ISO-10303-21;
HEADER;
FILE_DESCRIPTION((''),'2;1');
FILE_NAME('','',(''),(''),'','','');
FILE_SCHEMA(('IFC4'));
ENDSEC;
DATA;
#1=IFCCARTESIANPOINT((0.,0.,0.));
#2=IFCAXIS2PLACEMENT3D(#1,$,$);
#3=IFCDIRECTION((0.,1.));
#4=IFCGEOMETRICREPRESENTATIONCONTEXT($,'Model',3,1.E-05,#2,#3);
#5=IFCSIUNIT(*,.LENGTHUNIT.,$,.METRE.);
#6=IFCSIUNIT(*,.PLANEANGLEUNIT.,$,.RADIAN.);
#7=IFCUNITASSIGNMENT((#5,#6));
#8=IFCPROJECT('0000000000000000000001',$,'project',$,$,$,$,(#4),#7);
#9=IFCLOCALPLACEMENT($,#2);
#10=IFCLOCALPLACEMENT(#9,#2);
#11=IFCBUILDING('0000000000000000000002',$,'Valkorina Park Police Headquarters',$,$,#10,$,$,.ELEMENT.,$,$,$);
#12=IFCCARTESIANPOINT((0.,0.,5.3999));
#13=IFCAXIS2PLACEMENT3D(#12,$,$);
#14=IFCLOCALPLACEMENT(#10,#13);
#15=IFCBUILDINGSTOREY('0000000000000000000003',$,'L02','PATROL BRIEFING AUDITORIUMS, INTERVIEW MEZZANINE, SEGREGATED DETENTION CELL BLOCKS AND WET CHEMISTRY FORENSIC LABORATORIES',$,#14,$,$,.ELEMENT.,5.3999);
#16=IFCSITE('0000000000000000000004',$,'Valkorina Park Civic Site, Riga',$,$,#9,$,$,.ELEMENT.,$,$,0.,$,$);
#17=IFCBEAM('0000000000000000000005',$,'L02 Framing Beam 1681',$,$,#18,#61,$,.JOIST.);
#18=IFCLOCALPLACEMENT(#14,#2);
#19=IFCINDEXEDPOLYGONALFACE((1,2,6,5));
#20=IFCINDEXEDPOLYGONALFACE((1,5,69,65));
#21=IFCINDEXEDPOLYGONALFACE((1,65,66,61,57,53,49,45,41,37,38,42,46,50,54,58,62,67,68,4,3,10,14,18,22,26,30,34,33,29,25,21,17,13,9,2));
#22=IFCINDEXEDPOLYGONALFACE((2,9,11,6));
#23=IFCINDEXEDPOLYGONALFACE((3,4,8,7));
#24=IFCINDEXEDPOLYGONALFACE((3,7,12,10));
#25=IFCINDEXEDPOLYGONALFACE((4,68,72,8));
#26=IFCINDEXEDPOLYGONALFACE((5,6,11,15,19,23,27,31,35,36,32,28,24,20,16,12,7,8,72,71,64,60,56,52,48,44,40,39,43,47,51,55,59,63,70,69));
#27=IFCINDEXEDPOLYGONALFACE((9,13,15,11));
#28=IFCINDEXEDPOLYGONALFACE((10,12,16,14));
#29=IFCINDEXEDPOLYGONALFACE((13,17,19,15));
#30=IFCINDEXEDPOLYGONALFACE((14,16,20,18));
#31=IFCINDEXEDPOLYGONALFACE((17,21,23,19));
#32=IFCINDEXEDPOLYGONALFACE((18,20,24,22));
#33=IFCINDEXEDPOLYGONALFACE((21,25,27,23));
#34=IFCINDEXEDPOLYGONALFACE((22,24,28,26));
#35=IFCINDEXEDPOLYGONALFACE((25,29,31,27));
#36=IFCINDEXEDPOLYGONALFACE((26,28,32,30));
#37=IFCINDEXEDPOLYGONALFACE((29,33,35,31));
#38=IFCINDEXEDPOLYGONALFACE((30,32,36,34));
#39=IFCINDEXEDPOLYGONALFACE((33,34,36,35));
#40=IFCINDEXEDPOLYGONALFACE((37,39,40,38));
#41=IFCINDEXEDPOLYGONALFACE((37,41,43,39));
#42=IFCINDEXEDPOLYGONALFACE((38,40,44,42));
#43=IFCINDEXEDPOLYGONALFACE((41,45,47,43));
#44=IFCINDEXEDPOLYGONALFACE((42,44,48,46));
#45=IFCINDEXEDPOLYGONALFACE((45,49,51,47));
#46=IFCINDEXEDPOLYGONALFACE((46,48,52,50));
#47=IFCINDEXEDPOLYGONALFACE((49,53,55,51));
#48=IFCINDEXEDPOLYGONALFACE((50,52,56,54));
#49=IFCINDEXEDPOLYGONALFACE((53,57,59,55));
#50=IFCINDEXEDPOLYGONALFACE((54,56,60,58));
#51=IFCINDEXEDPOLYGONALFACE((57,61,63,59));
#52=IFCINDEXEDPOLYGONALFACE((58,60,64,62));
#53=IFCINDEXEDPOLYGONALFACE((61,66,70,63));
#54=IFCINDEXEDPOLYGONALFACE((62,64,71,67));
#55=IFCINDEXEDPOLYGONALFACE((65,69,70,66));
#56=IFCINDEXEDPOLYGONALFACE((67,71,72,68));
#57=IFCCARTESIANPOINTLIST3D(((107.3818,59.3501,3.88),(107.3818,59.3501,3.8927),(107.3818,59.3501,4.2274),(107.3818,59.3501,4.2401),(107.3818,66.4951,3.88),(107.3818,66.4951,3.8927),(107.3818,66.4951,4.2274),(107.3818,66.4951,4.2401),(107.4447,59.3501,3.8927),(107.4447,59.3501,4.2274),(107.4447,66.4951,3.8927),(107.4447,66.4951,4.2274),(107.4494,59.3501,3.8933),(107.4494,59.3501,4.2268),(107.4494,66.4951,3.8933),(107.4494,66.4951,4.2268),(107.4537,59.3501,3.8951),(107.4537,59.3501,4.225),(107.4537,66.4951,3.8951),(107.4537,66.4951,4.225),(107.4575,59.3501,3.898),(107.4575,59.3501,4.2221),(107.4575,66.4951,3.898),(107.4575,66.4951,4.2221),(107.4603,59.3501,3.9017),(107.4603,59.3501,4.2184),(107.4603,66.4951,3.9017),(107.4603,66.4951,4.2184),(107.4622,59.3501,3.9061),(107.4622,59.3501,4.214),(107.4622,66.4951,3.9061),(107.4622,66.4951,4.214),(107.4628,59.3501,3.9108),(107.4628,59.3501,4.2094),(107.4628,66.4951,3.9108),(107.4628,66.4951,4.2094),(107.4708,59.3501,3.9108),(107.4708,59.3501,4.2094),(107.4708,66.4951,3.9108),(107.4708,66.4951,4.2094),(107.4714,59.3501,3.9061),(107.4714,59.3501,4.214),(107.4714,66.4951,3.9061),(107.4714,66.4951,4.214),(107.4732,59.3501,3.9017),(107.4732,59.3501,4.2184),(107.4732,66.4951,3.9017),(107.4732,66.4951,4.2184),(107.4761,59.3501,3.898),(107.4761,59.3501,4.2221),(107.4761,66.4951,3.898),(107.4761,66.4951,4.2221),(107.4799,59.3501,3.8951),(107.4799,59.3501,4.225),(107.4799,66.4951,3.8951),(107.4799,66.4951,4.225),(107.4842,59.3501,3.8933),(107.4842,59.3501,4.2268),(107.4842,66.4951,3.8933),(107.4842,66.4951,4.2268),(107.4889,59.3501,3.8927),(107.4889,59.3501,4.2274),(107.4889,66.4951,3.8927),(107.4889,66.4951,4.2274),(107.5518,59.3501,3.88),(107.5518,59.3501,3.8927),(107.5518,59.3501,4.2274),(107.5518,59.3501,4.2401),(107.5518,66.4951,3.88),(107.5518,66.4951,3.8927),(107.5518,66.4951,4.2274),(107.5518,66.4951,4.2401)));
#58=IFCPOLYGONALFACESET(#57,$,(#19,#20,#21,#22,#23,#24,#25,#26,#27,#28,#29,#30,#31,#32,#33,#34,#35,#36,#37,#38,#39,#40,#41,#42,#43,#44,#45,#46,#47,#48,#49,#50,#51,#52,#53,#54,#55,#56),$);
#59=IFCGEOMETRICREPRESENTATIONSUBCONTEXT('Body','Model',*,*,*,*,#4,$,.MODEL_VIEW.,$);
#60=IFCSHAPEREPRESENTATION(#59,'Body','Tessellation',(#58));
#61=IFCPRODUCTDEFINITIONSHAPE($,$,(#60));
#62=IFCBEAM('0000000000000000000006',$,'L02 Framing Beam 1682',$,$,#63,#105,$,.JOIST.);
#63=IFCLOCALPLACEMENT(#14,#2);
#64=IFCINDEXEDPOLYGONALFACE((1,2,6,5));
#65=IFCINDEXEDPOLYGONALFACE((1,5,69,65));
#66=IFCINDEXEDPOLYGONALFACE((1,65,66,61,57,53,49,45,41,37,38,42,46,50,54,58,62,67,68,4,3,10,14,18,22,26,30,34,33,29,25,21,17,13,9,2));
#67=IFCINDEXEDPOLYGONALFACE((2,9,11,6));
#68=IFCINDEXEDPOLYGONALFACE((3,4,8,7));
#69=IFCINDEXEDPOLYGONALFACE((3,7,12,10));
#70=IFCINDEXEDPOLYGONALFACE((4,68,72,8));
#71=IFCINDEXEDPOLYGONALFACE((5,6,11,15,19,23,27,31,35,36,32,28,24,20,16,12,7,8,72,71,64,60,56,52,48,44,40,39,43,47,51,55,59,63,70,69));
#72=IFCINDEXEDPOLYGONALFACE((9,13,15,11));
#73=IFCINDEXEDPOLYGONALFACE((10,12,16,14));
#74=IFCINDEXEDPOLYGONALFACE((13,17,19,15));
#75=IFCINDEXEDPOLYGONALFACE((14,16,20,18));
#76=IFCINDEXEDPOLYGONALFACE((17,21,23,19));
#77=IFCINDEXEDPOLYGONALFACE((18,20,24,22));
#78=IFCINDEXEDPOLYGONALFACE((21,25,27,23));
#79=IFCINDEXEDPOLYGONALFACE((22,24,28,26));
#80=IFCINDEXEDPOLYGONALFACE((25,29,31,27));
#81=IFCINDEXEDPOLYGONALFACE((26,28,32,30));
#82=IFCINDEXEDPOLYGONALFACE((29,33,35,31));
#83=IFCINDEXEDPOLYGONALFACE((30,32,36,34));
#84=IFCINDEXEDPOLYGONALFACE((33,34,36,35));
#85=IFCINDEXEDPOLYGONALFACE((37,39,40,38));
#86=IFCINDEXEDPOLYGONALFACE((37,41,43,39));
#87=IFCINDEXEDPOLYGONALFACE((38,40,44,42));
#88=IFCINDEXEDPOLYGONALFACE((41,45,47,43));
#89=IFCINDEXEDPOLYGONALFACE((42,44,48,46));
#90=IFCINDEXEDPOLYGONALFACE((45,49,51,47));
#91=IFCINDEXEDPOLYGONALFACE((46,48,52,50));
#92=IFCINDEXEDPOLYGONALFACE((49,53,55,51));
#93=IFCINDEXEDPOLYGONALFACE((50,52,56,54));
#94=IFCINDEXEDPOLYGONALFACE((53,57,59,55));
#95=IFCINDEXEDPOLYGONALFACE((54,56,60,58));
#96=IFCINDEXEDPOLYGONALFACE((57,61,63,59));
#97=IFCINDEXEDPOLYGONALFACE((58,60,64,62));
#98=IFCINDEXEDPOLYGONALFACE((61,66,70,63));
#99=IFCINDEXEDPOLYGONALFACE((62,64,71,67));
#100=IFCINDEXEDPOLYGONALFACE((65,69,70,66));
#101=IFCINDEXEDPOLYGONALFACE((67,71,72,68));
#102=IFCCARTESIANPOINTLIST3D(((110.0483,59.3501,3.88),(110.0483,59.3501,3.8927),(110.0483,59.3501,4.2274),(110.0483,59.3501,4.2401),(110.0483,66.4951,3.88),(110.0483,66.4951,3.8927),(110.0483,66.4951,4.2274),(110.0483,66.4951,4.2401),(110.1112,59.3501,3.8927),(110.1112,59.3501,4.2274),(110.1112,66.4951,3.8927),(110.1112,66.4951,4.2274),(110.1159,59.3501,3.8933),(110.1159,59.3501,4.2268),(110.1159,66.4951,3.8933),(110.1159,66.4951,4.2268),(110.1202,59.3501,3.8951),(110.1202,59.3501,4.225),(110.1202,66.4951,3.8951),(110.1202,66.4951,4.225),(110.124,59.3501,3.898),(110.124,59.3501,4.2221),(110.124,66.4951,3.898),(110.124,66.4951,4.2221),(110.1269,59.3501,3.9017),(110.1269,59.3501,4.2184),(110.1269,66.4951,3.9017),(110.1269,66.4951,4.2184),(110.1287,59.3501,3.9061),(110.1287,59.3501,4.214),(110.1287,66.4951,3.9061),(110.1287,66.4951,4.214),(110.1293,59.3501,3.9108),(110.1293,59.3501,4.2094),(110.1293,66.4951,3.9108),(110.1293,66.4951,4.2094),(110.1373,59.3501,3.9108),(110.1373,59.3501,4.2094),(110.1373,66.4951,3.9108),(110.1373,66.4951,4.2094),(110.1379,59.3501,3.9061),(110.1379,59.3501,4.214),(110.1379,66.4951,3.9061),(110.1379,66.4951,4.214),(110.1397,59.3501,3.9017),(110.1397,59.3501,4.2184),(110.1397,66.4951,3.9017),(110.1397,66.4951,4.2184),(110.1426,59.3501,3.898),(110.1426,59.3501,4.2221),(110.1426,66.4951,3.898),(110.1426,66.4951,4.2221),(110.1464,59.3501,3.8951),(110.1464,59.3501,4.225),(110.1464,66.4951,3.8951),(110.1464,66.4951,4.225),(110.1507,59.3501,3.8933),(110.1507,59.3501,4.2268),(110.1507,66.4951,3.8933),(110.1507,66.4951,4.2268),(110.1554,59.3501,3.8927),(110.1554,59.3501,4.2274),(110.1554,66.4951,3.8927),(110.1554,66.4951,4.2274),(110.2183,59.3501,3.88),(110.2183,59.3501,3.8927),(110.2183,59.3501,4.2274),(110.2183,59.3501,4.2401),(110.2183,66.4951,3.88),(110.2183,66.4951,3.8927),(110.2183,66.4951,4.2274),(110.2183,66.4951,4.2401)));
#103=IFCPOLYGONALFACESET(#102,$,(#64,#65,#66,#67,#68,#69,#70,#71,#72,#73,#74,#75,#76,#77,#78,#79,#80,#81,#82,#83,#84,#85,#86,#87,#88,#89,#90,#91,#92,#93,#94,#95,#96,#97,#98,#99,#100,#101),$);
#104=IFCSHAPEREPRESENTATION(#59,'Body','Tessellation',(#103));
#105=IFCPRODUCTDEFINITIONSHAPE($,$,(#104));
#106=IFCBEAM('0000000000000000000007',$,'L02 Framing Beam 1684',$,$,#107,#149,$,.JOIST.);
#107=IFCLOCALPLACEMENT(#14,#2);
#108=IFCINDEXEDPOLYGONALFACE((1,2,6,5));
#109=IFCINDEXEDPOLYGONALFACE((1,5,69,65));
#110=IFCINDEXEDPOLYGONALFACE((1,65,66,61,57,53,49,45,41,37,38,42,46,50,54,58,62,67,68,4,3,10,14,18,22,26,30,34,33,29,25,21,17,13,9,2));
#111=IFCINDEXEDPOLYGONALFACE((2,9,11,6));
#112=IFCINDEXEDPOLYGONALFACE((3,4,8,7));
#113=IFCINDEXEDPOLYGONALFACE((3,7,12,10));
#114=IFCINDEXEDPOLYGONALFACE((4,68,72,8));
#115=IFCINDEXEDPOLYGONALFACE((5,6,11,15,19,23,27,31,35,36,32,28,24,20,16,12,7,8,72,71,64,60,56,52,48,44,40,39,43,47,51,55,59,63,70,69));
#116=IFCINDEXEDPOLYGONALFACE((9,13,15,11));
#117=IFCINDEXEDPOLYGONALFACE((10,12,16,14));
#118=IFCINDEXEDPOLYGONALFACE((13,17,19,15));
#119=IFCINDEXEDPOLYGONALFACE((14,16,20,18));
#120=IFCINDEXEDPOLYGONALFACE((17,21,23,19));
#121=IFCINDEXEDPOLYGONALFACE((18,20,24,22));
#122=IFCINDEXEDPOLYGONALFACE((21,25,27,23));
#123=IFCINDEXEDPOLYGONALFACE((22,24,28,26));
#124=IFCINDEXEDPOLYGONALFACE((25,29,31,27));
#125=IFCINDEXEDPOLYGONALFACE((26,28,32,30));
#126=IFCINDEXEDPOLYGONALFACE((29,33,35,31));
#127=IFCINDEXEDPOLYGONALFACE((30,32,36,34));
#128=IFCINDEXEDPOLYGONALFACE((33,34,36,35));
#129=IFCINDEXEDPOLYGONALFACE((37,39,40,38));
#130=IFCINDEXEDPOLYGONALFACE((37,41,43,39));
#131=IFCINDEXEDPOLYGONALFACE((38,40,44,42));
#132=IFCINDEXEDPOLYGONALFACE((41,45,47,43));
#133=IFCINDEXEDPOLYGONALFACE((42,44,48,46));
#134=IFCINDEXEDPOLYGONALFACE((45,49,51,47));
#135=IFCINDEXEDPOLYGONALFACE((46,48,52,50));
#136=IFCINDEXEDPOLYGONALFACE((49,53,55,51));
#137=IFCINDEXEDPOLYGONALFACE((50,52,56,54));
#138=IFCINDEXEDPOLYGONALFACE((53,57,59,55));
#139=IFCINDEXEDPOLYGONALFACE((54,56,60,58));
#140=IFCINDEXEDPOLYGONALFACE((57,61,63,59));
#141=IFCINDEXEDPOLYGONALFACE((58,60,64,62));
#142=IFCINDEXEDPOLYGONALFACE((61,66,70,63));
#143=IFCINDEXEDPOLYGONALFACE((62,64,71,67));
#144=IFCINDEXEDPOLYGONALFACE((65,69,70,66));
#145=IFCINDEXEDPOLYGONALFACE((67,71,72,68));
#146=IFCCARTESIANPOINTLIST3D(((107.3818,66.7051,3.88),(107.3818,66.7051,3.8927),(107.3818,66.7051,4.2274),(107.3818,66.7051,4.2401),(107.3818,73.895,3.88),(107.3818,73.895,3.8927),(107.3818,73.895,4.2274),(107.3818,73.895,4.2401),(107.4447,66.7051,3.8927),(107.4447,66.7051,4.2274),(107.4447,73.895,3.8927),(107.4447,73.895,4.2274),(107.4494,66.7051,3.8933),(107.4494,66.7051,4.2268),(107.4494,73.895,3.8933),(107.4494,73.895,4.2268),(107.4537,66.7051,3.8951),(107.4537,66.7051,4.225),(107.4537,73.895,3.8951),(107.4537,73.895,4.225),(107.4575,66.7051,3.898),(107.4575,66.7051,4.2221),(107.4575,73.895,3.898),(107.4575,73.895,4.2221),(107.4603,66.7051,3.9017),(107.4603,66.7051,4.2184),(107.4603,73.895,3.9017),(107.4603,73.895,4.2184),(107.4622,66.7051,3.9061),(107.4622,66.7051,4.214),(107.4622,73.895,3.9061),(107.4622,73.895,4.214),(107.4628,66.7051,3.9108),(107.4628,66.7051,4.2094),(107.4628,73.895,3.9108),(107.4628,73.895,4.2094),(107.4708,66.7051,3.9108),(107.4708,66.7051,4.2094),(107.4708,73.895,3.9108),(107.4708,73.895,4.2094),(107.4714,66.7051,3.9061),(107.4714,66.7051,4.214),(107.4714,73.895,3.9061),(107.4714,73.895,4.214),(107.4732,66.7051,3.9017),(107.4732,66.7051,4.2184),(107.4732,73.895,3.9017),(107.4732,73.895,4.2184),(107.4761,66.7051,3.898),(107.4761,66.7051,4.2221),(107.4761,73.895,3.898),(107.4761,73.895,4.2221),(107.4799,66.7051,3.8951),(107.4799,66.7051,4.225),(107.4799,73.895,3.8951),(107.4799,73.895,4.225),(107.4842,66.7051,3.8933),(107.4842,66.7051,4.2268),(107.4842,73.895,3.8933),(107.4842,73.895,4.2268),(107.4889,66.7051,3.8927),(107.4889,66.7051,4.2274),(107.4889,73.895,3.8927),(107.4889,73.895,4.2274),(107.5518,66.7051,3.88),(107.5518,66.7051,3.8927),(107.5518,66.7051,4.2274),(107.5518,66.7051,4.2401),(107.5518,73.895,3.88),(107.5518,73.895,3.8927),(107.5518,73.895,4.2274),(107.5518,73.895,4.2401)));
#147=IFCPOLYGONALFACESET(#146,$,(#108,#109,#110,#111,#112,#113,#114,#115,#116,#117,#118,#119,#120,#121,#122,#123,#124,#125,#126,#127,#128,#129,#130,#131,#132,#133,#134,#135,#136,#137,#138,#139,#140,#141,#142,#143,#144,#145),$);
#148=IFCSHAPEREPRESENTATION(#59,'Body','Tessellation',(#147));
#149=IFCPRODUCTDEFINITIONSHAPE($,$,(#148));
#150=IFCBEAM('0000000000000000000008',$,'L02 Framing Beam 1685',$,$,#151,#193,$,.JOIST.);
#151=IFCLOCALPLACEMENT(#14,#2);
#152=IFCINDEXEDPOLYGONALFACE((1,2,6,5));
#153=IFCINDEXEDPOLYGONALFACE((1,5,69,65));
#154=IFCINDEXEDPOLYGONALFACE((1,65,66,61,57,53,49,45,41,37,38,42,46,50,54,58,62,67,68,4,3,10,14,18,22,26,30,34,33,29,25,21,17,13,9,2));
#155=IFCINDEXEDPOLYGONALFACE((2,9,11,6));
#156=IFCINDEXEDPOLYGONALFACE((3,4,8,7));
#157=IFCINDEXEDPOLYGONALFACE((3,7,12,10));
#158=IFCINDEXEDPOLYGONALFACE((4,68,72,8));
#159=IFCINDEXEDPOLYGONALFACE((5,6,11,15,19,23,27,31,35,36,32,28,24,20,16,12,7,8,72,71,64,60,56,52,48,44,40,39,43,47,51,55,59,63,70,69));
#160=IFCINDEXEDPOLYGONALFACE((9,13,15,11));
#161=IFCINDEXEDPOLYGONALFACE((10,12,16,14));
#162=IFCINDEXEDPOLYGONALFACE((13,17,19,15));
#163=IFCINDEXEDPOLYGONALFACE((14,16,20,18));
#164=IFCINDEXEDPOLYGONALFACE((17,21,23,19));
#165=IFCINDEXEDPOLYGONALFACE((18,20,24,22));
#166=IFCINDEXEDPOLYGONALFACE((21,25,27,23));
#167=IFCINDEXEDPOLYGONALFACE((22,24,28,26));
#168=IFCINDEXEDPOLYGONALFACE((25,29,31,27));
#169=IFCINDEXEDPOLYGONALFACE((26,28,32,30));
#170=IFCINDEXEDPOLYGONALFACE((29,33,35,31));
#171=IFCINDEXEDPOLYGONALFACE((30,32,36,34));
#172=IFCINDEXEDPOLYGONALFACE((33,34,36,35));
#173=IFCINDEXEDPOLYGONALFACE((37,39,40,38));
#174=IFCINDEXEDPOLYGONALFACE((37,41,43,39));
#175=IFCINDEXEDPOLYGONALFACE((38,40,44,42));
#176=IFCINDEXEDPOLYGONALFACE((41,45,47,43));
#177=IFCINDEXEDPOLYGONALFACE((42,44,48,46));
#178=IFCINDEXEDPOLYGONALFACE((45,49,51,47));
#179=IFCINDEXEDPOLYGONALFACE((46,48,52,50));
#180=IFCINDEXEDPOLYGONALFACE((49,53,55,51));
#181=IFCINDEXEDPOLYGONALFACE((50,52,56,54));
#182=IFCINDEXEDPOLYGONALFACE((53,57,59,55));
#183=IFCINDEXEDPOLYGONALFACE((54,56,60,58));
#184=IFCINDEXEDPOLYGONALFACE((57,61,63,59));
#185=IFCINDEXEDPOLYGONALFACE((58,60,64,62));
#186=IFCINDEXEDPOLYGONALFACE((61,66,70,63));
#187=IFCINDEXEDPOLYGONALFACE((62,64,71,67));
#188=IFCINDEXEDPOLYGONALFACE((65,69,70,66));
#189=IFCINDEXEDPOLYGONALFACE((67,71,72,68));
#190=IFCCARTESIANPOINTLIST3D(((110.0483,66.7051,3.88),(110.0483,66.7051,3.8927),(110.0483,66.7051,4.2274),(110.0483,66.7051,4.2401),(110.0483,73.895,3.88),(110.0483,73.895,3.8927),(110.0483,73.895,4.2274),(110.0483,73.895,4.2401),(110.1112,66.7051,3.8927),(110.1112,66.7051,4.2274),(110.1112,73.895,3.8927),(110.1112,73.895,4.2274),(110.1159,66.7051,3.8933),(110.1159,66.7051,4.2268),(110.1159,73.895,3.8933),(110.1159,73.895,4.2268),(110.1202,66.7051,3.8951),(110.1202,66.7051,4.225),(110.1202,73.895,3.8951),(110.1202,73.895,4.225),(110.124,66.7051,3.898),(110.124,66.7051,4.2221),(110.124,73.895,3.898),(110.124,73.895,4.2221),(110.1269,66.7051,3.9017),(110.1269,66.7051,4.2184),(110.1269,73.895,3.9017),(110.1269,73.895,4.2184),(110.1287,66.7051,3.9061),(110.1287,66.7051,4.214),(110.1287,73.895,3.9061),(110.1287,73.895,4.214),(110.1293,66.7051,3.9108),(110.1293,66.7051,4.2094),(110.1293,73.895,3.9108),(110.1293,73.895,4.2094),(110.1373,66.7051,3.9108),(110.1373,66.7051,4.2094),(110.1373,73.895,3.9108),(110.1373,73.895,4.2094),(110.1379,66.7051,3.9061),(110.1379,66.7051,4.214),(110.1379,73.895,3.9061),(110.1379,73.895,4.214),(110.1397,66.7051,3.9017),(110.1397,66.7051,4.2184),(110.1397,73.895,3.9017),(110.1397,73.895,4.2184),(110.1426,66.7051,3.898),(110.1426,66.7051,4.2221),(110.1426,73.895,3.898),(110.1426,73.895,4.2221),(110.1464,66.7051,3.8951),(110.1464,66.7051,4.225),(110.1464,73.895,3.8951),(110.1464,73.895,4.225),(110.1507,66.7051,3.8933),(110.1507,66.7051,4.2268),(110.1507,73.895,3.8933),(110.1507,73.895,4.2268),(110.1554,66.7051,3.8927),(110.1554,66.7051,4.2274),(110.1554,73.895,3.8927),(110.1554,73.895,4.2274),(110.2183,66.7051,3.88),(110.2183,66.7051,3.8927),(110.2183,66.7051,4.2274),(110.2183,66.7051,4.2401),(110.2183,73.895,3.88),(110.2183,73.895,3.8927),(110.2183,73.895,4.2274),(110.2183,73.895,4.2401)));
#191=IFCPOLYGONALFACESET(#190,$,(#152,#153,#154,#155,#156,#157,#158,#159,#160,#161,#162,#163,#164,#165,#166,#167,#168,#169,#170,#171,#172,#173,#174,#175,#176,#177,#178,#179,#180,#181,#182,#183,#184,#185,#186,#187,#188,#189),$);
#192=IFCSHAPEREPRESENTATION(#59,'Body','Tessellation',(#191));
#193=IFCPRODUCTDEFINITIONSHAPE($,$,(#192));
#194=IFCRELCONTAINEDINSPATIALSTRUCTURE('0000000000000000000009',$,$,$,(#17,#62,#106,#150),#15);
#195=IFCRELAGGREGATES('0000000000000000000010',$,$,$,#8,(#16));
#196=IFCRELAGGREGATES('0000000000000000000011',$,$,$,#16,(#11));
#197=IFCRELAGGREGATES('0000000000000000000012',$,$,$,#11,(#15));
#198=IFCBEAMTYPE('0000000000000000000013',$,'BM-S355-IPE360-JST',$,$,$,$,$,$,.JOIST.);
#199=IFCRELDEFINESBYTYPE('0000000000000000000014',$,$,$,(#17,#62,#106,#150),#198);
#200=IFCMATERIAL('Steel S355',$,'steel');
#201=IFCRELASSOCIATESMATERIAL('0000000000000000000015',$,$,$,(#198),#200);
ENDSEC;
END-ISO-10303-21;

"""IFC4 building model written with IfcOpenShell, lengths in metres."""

from ifc_helpers import new_model, si_unit, direction, frame, origin, origin_2d, place, context, subcontext, project, spatial, i_section, extrude, material, material_profile, profile_set, type_object, element, save


model = new_model("IFC4")

# Units and contexts
model_context = context("Model", 3, precision=1e-05, world=origin(), true_north=direction((0.0, 1.0)))
body_context = subcontext(model_context, "Body", "Model", "MODEL_VIEW")
ifc_project = project(units=[si_unit("LENGTHUNIT", "METRE"), si_unit("PLANEANGLEUNIT", "RADIAN")], contexts=[model_context])

# Site, building, storey
site_placement = place(None, origin())
site = spatial("IfcSite", under=ifc_project, at=site_placement, Name="Valkorina Park Civic Site, Riga", CompositionType="ELEMENT", RefElevation=0.0)
building_placement = place(site_placement, origin())
building = spatial("IfcBuilding", under=site, at=building_placement, Name="Valkorina Park Police Headquarters", CompositionType="ELEMENT")
storey_placement = place(building_placement, frame((0.0, 0.0, 5.3999)))
storey = spatial("IfcBuildingStorey", under=building, at=storey_placement, Name="L02", Description="PATROL BRIEFING AUDITORIUMS, INTERVIEW MEZZANINE, SEGREGATED DETENTION CELL BLOCKS AND WET CHEMISTRY FORENSIC LABORATORIES", CompositionType="ELEMENT", Elevation=5.3999)

# Shared definitions
ifc_material_1 = material(Name="Steel S355", Category="steel")

# Beams
ifc_material_profile_1 = material_profile(ifc_material_1, i_section(OverallWidth=0.1699, OverallDepth=0.3601, WebThickness=0.0081, FlangeThickness=0.0127, FilletRadius=0.0181, at=origin_2d()), Name="IPE 360")
ifc_profile_set_1 = profile_set([ifc_material_profile_1], Name="Steel S355")
beam_type_1 = type_object("IfcBeamType", Name="BM-S355-IPE360-JST", PredefinedType="JOIST", material=ifc_profile_set_1)
for number, where, z_axis, x_axis, name in (
    (1, (107.4668, 59.3501, 4.0601), (0.0, 1.0, 0.0), (-1.0, 0.0, 0.0), "L02 Framing Beam 1681"),
    (2, (110.1333, 59.3501, 4.0601), (0.0, 1.0, 0.0), (-1.0, 0.0, 0.0), "L02 Framing Beam 1682"),
):
    element("IfcBeam", number, at=place(storey_placement, frame(where, z_axis=z_axis, x_axis=x_axis)), inside=storey, type_object=beam_type_1, Name=name, PredefinedType="JOIST", context=body_context, shape_type="SweptSolid", body=[
        extrude(i_section(OverallWidth=0.1699, OverallDepth=0.3601, WebThickness=0.0081, FlangeThickness=0.0127, FilletRadius=0.0181, at=origin_2d()), origin(), (0.0, 0.0, 1.0), 7.145),
    ])
for number, where, z_axis, x_axis, name in (
    (3, (107.4668, 66.7051, 4.0601), (0.0, 1.0, 0.0), (-1.0, 0.0, 0.0), "L02 Framing Beam 1684"),
    (4, (110.1333, 66.7051, 4.0601), (0.0, 1.0, 0.0), (-1.0, 0.0, 0.0), "L02 Framing Beam 1685"),
):
    element("IfcBeam", number, at=place(storey_placement, frame(where, z_axis=z_axis, x_axis=x_axis)), inside=storey, type_object=beam_type_1, Name=name, PredefinedType="JOIST", context=body_context, shape_type="SweptSolid", body=[
        extrude(i_section(OverallWidth=0.1699, OverallDepth=0.3601, WebThickness=0.0081, FlangeThickness=0.0127, FilletRadius=0.0181, at=origin_2d()), origin(), (0.0, 0.0, 1.0), 7.1899),
    ])

save(model, "model.ifc")
